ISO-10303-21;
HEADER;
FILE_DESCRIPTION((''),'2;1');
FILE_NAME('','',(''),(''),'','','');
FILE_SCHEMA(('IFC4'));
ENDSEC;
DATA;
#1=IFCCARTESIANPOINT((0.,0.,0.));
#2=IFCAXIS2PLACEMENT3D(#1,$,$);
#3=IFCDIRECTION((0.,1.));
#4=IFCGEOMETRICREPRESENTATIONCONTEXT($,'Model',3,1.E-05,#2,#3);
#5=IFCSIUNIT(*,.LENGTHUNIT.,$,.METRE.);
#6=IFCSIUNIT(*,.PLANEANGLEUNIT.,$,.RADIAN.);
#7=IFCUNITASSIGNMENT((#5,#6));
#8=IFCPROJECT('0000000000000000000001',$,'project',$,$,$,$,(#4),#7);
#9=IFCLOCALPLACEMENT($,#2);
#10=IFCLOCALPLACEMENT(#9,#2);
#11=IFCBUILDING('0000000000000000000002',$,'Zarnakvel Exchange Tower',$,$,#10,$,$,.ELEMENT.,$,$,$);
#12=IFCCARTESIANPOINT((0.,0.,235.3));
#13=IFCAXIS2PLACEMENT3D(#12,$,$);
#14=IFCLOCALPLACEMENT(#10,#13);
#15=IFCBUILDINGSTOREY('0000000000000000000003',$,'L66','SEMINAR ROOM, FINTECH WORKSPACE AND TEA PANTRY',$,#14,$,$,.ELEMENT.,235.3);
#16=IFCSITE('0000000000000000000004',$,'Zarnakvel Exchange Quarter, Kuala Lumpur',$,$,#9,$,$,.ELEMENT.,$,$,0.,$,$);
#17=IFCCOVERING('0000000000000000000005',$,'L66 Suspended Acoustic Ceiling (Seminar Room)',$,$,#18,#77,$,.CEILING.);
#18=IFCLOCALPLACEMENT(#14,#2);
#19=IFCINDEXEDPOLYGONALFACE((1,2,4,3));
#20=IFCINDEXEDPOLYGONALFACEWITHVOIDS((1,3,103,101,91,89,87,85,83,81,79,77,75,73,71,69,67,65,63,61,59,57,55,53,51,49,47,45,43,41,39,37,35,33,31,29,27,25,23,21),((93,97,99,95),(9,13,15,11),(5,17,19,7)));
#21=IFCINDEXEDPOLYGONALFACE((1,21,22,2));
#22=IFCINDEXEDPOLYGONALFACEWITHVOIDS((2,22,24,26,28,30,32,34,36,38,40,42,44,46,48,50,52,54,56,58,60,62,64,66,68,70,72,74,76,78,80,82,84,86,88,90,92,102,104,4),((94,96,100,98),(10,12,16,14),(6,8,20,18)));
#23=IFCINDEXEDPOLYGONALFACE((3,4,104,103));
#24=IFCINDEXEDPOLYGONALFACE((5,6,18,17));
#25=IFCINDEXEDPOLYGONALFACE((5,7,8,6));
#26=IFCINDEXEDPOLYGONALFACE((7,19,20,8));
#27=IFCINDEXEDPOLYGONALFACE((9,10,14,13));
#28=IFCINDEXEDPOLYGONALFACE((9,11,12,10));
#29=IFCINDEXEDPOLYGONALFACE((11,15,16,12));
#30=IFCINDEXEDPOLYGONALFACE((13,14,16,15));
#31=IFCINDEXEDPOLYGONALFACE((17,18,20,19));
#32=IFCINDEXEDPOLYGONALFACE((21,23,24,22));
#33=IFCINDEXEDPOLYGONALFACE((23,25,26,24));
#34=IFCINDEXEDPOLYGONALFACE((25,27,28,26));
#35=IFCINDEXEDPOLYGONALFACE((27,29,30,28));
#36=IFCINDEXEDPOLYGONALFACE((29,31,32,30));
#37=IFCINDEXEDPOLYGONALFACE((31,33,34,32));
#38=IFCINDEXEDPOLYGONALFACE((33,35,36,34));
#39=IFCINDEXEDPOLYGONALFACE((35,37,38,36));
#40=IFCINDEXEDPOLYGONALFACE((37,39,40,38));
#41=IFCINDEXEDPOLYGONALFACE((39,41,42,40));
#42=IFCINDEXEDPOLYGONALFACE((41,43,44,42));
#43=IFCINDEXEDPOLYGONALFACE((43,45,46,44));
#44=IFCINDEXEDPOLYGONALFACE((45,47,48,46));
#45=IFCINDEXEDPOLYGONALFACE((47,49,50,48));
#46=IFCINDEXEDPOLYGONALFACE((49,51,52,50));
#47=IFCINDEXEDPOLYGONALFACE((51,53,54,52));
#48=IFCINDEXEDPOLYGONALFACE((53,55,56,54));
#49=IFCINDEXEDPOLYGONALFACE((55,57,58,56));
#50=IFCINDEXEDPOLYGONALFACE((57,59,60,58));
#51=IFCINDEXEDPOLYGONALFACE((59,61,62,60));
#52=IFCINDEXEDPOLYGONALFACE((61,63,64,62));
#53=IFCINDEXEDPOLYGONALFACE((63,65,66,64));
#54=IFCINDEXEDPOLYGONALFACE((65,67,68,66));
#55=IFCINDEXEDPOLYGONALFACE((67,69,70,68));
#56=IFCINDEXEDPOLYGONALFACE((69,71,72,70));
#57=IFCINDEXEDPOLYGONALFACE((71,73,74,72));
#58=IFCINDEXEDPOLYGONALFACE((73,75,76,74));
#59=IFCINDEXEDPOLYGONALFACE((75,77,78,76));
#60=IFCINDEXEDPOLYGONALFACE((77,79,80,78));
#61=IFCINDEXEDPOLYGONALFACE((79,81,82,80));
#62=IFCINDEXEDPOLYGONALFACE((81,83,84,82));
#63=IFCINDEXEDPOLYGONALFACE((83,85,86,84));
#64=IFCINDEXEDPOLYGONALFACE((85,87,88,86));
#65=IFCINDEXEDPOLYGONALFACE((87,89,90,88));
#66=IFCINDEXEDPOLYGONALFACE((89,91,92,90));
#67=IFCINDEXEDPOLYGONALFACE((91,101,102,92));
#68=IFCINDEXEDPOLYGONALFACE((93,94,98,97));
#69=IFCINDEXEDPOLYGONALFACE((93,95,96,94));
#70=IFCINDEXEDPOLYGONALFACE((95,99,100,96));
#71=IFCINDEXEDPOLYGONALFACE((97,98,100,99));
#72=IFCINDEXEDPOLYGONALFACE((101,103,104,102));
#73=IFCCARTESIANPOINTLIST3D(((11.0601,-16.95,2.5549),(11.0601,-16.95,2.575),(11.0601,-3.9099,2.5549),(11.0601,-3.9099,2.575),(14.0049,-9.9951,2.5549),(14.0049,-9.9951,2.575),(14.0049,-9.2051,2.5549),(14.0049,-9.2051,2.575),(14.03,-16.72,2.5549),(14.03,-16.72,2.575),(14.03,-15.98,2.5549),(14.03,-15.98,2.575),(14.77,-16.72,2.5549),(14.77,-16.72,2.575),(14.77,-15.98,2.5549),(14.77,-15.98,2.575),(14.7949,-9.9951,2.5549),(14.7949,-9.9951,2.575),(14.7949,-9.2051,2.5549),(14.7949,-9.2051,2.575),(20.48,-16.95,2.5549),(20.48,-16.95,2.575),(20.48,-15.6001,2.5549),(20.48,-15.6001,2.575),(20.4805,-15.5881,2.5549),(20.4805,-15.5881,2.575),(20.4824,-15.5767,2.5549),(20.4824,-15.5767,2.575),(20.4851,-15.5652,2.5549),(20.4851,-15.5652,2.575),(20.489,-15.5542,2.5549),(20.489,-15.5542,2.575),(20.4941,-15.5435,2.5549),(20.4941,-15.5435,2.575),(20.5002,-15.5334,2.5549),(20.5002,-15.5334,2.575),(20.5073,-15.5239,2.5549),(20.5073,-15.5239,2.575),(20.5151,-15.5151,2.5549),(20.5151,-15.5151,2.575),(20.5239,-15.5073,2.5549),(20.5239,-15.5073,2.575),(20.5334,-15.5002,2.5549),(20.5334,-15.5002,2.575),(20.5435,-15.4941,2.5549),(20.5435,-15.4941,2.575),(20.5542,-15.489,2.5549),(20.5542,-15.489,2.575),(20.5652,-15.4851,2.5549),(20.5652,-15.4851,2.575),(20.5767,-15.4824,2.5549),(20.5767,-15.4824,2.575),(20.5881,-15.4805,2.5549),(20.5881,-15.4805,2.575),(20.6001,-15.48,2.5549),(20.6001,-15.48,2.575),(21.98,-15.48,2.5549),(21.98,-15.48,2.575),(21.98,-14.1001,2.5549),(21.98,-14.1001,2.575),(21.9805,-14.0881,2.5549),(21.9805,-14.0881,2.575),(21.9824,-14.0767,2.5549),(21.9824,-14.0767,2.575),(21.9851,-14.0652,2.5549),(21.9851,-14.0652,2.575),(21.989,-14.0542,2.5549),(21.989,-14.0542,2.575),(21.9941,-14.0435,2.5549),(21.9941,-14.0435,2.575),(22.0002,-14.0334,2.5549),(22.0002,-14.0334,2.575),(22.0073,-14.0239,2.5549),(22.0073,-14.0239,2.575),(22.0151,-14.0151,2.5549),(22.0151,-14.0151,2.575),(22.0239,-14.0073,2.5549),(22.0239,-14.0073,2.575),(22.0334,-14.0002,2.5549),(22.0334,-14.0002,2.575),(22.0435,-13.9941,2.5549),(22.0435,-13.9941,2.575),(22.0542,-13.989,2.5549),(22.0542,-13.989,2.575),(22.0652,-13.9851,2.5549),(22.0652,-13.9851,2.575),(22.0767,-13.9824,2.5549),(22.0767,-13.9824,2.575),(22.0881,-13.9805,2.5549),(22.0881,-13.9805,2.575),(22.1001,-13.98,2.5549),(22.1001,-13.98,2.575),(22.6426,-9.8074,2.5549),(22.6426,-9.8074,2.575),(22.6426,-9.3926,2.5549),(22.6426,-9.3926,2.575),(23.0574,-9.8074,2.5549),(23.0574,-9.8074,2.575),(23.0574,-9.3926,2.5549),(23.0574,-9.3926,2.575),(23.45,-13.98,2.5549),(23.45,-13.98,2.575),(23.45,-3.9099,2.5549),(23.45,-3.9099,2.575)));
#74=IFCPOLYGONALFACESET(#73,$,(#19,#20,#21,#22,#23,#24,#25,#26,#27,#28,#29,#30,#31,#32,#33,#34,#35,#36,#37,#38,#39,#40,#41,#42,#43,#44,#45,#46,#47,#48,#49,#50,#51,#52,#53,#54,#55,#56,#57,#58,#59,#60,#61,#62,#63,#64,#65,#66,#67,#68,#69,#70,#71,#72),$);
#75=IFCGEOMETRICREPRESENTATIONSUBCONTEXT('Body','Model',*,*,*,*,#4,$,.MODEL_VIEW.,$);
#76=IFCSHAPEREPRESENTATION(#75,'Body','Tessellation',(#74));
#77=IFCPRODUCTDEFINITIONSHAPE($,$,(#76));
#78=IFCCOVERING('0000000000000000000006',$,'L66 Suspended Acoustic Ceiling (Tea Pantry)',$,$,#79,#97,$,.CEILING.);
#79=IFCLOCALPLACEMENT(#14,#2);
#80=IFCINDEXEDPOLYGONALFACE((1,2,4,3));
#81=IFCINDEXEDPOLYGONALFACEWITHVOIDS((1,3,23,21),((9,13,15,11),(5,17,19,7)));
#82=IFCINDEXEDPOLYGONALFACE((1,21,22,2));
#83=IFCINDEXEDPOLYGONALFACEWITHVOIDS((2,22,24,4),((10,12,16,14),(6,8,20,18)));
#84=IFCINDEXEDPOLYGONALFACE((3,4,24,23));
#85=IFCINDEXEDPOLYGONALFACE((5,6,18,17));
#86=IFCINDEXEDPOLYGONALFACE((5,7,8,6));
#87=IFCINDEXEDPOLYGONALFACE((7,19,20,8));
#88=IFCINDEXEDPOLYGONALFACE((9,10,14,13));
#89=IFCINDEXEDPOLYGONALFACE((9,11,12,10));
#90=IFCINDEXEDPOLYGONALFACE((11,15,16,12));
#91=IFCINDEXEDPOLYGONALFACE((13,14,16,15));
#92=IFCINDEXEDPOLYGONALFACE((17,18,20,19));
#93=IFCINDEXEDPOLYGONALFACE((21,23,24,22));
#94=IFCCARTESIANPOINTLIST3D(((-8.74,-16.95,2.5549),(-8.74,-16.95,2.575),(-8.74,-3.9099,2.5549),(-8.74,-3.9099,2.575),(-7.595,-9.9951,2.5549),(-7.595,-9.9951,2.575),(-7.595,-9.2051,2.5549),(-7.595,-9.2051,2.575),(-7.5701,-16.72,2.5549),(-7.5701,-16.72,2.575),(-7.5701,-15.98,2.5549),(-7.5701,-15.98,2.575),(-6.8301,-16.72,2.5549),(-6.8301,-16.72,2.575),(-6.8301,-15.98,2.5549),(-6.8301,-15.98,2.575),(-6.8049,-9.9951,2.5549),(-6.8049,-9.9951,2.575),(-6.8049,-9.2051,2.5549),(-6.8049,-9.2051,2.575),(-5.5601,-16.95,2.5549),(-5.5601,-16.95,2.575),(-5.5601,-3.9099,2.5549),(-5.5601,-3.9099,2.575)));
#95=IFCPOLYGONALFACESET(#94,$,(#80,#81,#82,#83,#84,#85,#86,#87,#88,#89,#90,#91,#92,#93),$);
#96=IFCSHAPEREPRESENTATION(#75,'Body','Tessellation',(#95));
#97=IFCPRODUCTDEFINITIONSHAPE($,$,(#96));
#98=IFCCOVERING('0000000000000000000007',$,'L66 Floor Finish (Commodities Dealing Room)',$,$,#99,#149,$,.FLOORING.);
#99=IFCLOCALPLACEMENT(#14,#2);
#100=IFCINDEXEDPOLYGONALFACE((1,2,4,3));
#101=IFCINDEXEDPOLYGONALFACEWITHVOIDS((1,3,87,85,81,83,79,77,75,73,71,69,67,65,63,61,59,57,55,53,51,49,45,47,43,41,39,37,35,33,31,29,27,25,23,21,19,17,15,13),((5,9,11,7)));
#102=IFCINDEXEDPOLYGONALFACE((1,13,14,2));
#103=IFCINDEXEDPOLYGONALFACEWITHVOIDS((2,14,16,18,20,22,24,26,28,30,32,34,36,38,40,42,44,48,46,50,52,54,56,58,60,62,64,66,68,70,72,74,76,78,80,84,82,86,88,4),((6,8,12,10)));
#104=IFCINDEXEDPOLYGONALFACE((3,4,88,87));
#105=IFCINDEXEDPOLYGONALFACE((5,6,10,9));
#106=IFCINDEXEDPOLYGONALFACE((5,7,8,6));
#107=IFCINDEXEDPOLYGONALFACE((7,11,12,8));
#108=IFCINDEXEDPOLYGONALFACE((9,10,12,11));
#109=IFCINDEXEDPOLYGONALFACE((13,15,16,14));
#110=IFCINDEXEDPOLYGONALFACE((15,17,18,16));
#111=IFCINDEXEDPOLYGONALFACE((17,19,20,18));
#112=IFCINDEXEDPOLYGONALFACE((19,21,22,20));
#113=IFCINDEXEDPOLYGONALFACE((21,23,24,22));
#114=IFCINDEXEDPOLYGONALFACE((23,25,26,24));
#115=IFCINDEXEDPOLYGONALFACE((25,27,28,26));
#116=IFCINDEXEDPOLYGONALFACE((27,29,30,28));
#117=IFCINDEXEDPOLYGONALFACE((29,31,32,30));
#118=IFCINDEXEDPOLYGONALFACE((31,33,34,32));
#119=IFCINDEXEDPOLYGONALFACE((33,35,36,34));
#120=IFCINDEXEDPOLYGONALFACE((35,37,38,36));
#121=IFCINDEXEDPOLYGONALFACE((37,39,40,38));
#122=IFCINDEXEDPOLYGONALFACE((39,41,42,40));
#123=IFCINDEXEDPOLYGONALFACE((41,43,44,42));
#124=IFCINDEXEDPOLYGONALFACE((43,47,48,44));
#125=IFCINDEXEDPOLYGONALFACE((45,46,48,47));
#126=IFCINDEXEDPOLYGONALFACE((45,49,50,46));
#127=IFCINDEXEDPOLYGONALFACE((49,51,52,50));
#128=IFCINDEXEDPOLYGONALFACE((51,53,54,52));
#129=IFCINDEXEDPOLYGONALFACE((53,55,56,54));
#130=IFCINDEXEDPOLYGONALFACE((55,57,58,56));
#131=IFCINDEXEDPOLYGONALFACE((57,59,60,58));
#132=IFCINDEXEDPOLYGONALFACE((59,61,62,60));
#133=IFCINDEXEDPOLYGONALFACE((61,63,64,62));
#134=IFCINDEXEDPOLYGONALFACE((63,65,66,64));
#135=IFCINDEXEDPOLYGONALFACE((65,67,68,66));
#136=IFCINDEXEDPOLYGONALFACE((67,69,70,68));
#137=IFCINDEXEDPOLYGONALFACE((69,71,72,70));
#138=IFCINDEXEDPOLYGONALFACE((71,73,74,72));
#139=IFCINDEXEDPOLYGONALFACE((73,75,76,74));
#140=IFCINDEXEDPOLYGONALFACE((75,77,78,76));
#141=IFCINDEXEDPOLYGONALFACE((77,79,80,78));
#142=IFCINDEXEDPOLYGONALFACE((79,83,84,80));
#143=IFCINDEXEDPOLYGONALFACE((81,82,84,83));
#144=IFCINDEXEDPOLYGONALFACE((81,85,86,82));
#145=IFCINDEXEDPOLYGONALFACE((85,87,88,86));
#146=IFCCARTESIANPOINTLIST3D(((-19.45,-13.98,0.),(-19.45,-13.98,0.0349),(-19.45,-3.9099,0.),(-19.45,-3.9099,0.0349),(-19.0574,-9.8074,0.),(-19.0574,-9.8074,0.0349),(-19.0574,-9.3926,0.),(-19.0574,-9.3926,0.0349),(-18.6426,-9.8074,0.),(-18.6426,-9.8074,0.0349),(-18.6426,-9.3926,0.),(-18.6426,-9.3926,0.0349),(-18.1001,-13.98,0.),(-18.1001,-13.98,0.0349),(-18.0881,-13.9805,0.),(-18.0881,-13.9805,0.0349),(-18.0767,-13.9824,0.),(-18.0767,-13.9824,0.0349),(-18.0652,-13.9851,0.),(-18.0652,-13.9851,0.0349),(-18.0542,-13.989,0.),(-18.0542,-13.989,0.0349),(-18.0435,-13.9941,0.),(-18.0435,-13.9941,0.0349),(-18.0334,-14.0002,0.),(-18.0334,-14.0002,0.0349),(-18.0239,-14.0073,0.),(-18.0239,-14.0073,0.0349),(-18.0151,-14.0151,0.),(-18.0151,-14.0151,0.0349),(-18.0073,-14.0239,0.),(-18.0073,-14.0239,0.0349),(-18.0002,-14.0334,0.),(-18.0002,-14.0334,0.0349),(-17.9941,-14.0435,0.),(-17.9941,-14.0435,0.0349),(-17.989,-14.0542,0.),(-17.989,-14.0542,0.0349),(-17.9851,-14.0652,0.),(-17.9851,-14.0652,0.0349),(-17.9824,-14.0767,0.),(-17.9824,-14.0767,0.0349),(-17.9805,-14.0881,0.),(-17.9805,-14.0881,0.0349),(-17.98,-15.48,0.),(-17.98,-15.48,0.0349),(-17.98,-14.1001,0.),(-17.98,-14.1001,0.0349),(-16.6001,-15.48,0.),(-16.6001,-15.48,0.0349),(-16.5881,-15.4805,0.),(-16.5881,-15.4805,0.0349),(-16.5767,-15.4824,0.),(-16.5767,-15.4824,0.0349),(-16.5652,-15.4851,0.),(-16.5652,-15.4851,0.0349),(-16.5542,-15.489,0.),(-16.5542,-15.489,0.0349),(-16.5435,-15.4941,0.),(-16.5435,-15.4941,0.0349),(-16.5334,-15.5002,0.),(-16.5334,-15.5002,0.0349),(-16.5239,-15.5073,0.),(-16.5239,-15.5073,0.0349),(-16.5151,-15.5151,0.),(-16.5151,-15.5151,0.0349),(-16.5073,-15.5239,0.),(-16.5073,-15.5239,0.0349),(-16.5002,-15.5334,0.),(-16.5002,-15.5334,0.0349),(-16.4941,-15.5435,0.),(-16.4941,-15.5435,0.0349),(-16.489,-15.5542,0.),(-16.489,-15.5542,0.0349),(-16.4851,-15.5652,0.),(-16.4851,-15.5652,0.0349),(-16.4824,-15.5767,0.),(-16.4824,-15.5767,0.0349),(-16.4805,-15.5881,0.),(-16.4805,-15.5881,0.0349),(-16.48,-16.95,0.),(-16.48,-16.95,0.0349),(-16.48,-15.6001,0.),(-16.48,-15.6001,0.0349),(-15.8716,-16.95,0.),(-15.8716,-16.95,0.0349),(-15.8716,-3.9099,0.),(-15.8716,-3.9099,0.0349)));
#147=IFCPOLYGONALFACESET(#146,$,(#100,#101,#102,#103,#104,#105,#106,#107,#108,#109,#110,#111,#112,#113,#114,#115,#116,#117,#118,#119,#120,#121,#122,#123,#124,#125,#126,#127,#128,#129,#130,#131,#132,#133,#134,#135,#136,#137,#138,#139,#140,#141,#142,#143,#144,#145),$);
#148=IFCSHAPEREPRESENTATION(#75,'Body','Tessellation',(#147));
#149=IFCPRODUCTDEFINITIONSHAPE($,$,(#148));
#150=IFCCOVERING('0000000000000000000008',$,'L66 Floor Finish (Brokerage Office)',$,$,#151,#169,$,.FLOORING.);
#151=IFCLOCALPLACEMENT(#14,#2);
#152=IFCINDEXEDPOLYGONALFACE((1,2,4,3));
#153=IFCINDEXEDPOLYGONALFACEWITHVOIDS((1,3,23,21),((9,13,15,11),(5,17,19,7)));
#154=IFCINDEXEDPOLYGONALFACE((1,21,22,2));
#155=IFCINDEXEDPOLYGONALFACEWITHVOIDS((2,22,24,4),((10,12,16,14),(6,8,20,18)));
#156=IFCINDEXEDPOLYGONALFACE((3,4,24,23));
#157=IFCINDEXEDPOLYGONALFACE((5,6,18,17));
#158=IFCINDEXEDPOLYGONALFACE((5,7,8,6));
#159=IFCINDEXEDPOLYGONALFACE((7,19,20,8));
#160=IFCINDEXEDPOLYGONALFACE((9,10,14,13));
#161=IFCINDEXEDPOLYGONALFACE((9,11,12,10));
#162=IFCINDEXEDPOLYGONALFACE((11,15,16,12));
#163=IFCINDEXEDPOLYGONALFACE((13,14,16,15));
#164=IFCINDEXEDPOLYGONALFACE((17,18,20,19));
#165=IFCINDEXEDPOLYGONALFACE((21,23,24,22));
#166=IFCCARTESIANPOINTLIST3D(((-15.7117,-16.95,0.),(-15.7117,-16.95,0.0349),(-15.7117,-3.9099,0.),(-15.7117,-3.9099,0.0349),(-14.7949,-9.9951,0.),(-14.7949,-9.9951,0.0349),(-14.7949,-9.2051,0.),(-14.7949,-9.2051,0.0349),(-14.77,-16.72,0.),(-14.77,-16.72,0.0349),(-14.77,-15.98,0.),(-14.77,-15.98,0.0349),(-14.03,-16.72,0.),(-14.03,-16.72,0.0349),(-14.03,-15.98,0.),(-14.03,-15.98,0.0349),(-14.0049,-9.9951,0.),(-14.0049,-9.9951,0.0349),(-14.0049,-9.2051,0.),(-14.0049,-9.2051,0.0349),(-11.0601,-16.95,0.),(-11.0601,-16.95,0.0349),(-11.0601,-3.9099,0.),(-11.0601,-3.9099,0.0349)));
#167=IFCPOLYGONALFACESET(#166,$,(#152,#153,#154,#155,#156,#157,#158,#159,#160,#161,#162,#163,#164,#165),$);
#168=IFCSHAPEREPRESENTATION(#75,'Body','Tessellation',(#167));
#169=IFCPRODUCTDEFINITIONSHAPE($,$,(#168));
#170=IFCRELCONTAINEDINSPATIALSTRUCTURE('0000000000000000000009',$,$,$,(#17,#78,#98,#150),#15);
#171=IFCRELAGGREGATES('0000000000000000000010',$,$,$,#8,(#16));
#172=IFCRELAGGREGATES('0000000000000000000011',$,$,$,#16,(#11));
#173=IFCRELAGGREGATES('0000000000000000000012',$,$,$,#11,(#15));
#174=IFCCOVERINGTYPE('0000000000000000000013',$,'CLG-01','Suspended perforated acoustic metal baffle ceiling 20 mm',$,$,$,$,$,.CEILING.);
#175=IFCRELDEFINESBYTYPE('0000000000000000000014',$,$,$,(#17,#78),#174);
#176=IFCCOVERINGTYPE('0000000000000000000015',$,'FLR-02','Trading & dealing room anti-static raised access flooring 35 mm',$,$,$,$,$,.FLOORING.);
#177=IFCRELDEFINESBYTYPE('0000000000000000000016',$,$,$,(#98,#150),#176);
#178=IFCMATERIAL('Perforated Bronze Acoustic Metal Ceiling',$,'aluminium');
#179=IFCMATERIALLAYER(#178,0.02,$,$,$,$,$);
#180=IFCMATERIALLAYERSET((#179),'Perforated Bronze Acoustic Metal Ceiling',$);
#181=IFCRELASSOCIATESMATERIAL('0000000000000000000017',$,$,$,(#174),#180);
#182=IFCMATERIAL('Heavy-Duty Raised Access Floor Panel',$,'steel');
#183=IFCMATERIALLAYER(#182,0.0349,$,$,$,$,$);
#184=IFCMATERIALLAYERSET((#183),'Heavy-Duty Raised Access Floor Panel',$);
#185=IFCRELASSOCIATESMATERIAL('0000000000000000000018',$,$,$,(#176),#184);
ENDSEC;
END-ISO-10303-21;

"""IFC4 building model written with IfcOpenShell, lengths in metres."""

from ifc_helpers import new_model, si_unit, direction, frame, origin, place, context, subcontext, project, spatial, polyline, outline, extrude, material, layer, layer_set, type_object, element, save


model = new_model("IFC4")

# Units and contexts
model_context = context("Model", 3, precision=1e-05, world=origin(), true_north=direction((0.0, 1.0)))
body_context = subcontext(model_context, "Body", "Model", "MODEL_VIEW")
ifc_project = project(units=[si_unit("LENGTHUNIT", "METRE"), si_unit("PLANEANGLEUNIT", "RADIAN")], contexts=[model_context])

# Site, building, storey
site_placement = place(None, origin())
site = spatial("IfcSite", under=ifc_project, at=site_placement, Name="Zarnakvel Exchange Quarter, Kuala Lumpur", CompositionType="ELEMENT", RefElevation=0.0)
building_placement = place(site_placement, origin())
building = spatial("IfcBuilding", under=site, at=building_placement, Name="Zarnakvel Exchange Tower", CompositionType="ELEMENT")
storey_placement = place(building_placement, frame((0.0, 0.0, 235.3)))
storey = spatial("IfcBuildingStorey", under=building, at=storey_placement, Name="L66", Description="SEMINAR ROOM, FINTECH WORKSPACE AND TEA PANTRY", CompositionType="ELEMENT", Elevation=235.3)

# Coverings
ifc_material_1 = material(Name="Perforated Bronze Acoustic Metal Ceiling", Category="aluminium")
ifc_layer_1 = layer(ifc_material_1, 0.02)
ifc_layer_set_1 = layer_set([ifc_layer_1], Name="Perforated Bronze Acoustic Metal Ceiling")
covering_type_1 = type_object("IfcCoveringType", Name="CLG-01", Description="Suspended perforated acoustic metal baffle ceiling 20 mm", PredefinedType="CEILING", material=ifc_layer_set_1)
covering_1_placement = place(storey_placement, frame((0.0, 0.0, 2.5549)))
element("IfcCovering", 1, at=covering_1_placement, inside=storey, type_object=covering_type_1, Name="L66 Suspended Acoustic Ceiling (Seminar Room)", PredefinedType="CEILING", context=body_context, shape_type="SweptSolid", body=[
    extrude(outline(polyline([(11.0601, -3.9099), (23.45, -3.9099), (23.45, -13.98), (22.1001, -13.98), (22.0881, -13.9805), (22.0767, -13.9824), (22.0652, -13.9851), (22.0542, -13.989), (22.0435, -13.9941), (22.0334, -14.0002), (22.0239, -14.0073), (22.0151, -14.0151), (22.0073, -14.0239), (22.0002, -14.0334), (21.9941, -14.0435), (21.989, -14.0542), (21.9851, -14.0652), (21.9824, -14.0767), (21.9805, -14.0881), (21.98, -14.1001), (21.98, -15.48), (20.6001, -15.48), (20.5881, -15.4805), (20.5767, -15.4824), (20.5652, -15.4851), (20.5542, -15.489), (20.5435, -15.4941), (20.5334, -15.5002), (20.5239, -15.5073), (20.5151, -15.5151), (20.5073, -15.5239), (20.5002, -15.5334), (20.4941, -15.5435), (20.489, -15.5542), (20.4851, -15.5652), (20.4824, -15.5767), (20.4805, -15.5881), (20.48, -15.6001), (20.48, -16.95), (11.0601, -16.95), (11.0601, -3.9099)]), holes=[polyline([(23.0574, -9.8074), (23.0574, -9.3926), (22.6426, -9.3926), (22.6426, -9.8074), (23.0574, -9.8074)]), polyline([(14.7949, -9.9951), (14.7949, -9.2051), (14.0049, -9.2051), (14.0049, -9.9951), (14.7949, -9.9951)]), polyline([(14.77, -16.72), (14.77, -15.98), (14.03, -15.98), (14.03, -16.72), (14.77, -16.72)])]), origin(), (0.0, 0.0, 1.0), 0.02),
])
covering_2_placement = place(storey_placement, frame((0.0, 0.0, 2.5549)))
element("IfcCovering", 2, at=covering_2_placement, inside=storey, type_object=covering_type_1, Name="L66 Suspended Acoustic Ceiling (Tea Pantry)", PredefinedType="CEILING", context=body_context, shape_type="SweptSolid", body=[
    extrude(outline(polyline([(-8.74, -3.9099), (-5.5601, -3.9099), (-5.5601, -16.95), (-8.74, -16.95), (-8.74, -3.9099)]), holes=[polyline([(-6.8049, -9.9951), (-6.8049, -9.2051), (-7.595, -9.2051), (-7.595, -9.9951), (-6.8049, -9.9951)]), polyline([(-6.8301, -16.72), (-6.8301, -15.98), (-7.5701, -15.98), (-7.5701, -16.72), (-6.8301, -16.72)])]), origin(), (0.0, 0.0, 1.0), 0.02),
])
ifc_material_2 = material(Name="Heavy-Duty Raised Access Floor Panel", Category="steel")
ifc_layer_2 = layer(ifc_material_2, 0.0349)
ifc_layer_set_2 = layer_set([ifc_layer_2], Name="Heavy-Duty Raised Access Floor Panel")
covering_type_2 = type_object("IfcCoveringType", Name="FLR-02", Description="Trading & dealing room anti-static raised access flooring 35 mm", PredefinedType="FLOORING", material=ifc_layer_set_2)
covering_3_placement = place(storey_placement, origin())
element("IfcCovering", 3, at=covering_3_placement, inside=storey, type_object=covering_type_2, Name="L66 Floor Finish (Commodities Dealing Room)", PredefinedType="FLOORING", context=body_context, shape_type="SweptSolid", body=[
    extrude(outline(polyline([(-15.8716, -3.9099), (-15.8716, -16.95), (-16.48, -16.95), (-16.48, -15.6001), (-16.4805, -15.5881), (-16.4824, -15.5767), (-16.4851, -15.5652), (-16.489, -15.5542), (-16.4941, -15.5435), (-16.5002, -15.5334), (-16.5073, -15.5239), (-16.5151, -15.5151), (-16.5239, -15.5073), (-16.5334, -15.5002), (-16.5435, -15.4941), (-16.5542, -15.489), (-16.5652, -15.4851), (-16.5767, -15.4824), (-16.5881, -15.4805), (-16.6001, -15.48), (-17.98, -15.48), (-17.98, -14.1001), (-17.9805, -14.0881), (-17.9824, -14.0767), (-17.9851, -14.0652), (-17.989, -14.0542), (-17.9941, -14.0435), (-18.0002, -14.0334), (-18.0073, -14.0239), (-18.0151, -14.0151), (-18.0239, -14.0073), (-18.0334, -14.0002), (-18.0435, -13.9941), (-18.0542, -13.989), (-18.0652, -13.9851), (-18.0767, -13.9824), (-18.0881, -13.9805), (-18.1001, -13.98), (-19.45, -13.98), (-19.45, -3.9099), (-15.8716, -3.9099)]), holes=[polyline([(-18.6426, -9.8074), (-18.6426, -9.3926), (-19.0574, -9.3926), (-19.0574, -9.8074), (-18.6426, -9.8074)])]), origin(), (0.0, 0.0, 1.0), 0.0349),
])
covering_4_placement = place(storey_placement, origin())
element("IfcCovering", 4, at=covering_4_placement, inside=storey, type_object=covering_type_2, Name="L66 Floor Finish (Brokerage Office)", PredefinedType="FLOORING", context=body_context, shape_type="SweptSolid", body=[
    extrude(outline(polyline([(-15.7117, -3.9099), (-11.0601, -3.9099), (-11.0601, -16.95), (-15.7117, -16.95), (-15.7117, -3.9099)]), holes=[polyline([(-14.0049, -9.9951), (-14.0049, -9.2051), (-14.7949, -9.2051), (-14.7949, -9.9951), (-14.0049, -9.9951)]), polyline([(-14.03, -15.98), (-14.77, -15.98), (-14.77, -16.72), (-14.03, -16.72), (-14.03, -15.98)])]), origin(), (0.0, 0.0, 1.0), 0.0349),
])

save(model, "model.ifc")
